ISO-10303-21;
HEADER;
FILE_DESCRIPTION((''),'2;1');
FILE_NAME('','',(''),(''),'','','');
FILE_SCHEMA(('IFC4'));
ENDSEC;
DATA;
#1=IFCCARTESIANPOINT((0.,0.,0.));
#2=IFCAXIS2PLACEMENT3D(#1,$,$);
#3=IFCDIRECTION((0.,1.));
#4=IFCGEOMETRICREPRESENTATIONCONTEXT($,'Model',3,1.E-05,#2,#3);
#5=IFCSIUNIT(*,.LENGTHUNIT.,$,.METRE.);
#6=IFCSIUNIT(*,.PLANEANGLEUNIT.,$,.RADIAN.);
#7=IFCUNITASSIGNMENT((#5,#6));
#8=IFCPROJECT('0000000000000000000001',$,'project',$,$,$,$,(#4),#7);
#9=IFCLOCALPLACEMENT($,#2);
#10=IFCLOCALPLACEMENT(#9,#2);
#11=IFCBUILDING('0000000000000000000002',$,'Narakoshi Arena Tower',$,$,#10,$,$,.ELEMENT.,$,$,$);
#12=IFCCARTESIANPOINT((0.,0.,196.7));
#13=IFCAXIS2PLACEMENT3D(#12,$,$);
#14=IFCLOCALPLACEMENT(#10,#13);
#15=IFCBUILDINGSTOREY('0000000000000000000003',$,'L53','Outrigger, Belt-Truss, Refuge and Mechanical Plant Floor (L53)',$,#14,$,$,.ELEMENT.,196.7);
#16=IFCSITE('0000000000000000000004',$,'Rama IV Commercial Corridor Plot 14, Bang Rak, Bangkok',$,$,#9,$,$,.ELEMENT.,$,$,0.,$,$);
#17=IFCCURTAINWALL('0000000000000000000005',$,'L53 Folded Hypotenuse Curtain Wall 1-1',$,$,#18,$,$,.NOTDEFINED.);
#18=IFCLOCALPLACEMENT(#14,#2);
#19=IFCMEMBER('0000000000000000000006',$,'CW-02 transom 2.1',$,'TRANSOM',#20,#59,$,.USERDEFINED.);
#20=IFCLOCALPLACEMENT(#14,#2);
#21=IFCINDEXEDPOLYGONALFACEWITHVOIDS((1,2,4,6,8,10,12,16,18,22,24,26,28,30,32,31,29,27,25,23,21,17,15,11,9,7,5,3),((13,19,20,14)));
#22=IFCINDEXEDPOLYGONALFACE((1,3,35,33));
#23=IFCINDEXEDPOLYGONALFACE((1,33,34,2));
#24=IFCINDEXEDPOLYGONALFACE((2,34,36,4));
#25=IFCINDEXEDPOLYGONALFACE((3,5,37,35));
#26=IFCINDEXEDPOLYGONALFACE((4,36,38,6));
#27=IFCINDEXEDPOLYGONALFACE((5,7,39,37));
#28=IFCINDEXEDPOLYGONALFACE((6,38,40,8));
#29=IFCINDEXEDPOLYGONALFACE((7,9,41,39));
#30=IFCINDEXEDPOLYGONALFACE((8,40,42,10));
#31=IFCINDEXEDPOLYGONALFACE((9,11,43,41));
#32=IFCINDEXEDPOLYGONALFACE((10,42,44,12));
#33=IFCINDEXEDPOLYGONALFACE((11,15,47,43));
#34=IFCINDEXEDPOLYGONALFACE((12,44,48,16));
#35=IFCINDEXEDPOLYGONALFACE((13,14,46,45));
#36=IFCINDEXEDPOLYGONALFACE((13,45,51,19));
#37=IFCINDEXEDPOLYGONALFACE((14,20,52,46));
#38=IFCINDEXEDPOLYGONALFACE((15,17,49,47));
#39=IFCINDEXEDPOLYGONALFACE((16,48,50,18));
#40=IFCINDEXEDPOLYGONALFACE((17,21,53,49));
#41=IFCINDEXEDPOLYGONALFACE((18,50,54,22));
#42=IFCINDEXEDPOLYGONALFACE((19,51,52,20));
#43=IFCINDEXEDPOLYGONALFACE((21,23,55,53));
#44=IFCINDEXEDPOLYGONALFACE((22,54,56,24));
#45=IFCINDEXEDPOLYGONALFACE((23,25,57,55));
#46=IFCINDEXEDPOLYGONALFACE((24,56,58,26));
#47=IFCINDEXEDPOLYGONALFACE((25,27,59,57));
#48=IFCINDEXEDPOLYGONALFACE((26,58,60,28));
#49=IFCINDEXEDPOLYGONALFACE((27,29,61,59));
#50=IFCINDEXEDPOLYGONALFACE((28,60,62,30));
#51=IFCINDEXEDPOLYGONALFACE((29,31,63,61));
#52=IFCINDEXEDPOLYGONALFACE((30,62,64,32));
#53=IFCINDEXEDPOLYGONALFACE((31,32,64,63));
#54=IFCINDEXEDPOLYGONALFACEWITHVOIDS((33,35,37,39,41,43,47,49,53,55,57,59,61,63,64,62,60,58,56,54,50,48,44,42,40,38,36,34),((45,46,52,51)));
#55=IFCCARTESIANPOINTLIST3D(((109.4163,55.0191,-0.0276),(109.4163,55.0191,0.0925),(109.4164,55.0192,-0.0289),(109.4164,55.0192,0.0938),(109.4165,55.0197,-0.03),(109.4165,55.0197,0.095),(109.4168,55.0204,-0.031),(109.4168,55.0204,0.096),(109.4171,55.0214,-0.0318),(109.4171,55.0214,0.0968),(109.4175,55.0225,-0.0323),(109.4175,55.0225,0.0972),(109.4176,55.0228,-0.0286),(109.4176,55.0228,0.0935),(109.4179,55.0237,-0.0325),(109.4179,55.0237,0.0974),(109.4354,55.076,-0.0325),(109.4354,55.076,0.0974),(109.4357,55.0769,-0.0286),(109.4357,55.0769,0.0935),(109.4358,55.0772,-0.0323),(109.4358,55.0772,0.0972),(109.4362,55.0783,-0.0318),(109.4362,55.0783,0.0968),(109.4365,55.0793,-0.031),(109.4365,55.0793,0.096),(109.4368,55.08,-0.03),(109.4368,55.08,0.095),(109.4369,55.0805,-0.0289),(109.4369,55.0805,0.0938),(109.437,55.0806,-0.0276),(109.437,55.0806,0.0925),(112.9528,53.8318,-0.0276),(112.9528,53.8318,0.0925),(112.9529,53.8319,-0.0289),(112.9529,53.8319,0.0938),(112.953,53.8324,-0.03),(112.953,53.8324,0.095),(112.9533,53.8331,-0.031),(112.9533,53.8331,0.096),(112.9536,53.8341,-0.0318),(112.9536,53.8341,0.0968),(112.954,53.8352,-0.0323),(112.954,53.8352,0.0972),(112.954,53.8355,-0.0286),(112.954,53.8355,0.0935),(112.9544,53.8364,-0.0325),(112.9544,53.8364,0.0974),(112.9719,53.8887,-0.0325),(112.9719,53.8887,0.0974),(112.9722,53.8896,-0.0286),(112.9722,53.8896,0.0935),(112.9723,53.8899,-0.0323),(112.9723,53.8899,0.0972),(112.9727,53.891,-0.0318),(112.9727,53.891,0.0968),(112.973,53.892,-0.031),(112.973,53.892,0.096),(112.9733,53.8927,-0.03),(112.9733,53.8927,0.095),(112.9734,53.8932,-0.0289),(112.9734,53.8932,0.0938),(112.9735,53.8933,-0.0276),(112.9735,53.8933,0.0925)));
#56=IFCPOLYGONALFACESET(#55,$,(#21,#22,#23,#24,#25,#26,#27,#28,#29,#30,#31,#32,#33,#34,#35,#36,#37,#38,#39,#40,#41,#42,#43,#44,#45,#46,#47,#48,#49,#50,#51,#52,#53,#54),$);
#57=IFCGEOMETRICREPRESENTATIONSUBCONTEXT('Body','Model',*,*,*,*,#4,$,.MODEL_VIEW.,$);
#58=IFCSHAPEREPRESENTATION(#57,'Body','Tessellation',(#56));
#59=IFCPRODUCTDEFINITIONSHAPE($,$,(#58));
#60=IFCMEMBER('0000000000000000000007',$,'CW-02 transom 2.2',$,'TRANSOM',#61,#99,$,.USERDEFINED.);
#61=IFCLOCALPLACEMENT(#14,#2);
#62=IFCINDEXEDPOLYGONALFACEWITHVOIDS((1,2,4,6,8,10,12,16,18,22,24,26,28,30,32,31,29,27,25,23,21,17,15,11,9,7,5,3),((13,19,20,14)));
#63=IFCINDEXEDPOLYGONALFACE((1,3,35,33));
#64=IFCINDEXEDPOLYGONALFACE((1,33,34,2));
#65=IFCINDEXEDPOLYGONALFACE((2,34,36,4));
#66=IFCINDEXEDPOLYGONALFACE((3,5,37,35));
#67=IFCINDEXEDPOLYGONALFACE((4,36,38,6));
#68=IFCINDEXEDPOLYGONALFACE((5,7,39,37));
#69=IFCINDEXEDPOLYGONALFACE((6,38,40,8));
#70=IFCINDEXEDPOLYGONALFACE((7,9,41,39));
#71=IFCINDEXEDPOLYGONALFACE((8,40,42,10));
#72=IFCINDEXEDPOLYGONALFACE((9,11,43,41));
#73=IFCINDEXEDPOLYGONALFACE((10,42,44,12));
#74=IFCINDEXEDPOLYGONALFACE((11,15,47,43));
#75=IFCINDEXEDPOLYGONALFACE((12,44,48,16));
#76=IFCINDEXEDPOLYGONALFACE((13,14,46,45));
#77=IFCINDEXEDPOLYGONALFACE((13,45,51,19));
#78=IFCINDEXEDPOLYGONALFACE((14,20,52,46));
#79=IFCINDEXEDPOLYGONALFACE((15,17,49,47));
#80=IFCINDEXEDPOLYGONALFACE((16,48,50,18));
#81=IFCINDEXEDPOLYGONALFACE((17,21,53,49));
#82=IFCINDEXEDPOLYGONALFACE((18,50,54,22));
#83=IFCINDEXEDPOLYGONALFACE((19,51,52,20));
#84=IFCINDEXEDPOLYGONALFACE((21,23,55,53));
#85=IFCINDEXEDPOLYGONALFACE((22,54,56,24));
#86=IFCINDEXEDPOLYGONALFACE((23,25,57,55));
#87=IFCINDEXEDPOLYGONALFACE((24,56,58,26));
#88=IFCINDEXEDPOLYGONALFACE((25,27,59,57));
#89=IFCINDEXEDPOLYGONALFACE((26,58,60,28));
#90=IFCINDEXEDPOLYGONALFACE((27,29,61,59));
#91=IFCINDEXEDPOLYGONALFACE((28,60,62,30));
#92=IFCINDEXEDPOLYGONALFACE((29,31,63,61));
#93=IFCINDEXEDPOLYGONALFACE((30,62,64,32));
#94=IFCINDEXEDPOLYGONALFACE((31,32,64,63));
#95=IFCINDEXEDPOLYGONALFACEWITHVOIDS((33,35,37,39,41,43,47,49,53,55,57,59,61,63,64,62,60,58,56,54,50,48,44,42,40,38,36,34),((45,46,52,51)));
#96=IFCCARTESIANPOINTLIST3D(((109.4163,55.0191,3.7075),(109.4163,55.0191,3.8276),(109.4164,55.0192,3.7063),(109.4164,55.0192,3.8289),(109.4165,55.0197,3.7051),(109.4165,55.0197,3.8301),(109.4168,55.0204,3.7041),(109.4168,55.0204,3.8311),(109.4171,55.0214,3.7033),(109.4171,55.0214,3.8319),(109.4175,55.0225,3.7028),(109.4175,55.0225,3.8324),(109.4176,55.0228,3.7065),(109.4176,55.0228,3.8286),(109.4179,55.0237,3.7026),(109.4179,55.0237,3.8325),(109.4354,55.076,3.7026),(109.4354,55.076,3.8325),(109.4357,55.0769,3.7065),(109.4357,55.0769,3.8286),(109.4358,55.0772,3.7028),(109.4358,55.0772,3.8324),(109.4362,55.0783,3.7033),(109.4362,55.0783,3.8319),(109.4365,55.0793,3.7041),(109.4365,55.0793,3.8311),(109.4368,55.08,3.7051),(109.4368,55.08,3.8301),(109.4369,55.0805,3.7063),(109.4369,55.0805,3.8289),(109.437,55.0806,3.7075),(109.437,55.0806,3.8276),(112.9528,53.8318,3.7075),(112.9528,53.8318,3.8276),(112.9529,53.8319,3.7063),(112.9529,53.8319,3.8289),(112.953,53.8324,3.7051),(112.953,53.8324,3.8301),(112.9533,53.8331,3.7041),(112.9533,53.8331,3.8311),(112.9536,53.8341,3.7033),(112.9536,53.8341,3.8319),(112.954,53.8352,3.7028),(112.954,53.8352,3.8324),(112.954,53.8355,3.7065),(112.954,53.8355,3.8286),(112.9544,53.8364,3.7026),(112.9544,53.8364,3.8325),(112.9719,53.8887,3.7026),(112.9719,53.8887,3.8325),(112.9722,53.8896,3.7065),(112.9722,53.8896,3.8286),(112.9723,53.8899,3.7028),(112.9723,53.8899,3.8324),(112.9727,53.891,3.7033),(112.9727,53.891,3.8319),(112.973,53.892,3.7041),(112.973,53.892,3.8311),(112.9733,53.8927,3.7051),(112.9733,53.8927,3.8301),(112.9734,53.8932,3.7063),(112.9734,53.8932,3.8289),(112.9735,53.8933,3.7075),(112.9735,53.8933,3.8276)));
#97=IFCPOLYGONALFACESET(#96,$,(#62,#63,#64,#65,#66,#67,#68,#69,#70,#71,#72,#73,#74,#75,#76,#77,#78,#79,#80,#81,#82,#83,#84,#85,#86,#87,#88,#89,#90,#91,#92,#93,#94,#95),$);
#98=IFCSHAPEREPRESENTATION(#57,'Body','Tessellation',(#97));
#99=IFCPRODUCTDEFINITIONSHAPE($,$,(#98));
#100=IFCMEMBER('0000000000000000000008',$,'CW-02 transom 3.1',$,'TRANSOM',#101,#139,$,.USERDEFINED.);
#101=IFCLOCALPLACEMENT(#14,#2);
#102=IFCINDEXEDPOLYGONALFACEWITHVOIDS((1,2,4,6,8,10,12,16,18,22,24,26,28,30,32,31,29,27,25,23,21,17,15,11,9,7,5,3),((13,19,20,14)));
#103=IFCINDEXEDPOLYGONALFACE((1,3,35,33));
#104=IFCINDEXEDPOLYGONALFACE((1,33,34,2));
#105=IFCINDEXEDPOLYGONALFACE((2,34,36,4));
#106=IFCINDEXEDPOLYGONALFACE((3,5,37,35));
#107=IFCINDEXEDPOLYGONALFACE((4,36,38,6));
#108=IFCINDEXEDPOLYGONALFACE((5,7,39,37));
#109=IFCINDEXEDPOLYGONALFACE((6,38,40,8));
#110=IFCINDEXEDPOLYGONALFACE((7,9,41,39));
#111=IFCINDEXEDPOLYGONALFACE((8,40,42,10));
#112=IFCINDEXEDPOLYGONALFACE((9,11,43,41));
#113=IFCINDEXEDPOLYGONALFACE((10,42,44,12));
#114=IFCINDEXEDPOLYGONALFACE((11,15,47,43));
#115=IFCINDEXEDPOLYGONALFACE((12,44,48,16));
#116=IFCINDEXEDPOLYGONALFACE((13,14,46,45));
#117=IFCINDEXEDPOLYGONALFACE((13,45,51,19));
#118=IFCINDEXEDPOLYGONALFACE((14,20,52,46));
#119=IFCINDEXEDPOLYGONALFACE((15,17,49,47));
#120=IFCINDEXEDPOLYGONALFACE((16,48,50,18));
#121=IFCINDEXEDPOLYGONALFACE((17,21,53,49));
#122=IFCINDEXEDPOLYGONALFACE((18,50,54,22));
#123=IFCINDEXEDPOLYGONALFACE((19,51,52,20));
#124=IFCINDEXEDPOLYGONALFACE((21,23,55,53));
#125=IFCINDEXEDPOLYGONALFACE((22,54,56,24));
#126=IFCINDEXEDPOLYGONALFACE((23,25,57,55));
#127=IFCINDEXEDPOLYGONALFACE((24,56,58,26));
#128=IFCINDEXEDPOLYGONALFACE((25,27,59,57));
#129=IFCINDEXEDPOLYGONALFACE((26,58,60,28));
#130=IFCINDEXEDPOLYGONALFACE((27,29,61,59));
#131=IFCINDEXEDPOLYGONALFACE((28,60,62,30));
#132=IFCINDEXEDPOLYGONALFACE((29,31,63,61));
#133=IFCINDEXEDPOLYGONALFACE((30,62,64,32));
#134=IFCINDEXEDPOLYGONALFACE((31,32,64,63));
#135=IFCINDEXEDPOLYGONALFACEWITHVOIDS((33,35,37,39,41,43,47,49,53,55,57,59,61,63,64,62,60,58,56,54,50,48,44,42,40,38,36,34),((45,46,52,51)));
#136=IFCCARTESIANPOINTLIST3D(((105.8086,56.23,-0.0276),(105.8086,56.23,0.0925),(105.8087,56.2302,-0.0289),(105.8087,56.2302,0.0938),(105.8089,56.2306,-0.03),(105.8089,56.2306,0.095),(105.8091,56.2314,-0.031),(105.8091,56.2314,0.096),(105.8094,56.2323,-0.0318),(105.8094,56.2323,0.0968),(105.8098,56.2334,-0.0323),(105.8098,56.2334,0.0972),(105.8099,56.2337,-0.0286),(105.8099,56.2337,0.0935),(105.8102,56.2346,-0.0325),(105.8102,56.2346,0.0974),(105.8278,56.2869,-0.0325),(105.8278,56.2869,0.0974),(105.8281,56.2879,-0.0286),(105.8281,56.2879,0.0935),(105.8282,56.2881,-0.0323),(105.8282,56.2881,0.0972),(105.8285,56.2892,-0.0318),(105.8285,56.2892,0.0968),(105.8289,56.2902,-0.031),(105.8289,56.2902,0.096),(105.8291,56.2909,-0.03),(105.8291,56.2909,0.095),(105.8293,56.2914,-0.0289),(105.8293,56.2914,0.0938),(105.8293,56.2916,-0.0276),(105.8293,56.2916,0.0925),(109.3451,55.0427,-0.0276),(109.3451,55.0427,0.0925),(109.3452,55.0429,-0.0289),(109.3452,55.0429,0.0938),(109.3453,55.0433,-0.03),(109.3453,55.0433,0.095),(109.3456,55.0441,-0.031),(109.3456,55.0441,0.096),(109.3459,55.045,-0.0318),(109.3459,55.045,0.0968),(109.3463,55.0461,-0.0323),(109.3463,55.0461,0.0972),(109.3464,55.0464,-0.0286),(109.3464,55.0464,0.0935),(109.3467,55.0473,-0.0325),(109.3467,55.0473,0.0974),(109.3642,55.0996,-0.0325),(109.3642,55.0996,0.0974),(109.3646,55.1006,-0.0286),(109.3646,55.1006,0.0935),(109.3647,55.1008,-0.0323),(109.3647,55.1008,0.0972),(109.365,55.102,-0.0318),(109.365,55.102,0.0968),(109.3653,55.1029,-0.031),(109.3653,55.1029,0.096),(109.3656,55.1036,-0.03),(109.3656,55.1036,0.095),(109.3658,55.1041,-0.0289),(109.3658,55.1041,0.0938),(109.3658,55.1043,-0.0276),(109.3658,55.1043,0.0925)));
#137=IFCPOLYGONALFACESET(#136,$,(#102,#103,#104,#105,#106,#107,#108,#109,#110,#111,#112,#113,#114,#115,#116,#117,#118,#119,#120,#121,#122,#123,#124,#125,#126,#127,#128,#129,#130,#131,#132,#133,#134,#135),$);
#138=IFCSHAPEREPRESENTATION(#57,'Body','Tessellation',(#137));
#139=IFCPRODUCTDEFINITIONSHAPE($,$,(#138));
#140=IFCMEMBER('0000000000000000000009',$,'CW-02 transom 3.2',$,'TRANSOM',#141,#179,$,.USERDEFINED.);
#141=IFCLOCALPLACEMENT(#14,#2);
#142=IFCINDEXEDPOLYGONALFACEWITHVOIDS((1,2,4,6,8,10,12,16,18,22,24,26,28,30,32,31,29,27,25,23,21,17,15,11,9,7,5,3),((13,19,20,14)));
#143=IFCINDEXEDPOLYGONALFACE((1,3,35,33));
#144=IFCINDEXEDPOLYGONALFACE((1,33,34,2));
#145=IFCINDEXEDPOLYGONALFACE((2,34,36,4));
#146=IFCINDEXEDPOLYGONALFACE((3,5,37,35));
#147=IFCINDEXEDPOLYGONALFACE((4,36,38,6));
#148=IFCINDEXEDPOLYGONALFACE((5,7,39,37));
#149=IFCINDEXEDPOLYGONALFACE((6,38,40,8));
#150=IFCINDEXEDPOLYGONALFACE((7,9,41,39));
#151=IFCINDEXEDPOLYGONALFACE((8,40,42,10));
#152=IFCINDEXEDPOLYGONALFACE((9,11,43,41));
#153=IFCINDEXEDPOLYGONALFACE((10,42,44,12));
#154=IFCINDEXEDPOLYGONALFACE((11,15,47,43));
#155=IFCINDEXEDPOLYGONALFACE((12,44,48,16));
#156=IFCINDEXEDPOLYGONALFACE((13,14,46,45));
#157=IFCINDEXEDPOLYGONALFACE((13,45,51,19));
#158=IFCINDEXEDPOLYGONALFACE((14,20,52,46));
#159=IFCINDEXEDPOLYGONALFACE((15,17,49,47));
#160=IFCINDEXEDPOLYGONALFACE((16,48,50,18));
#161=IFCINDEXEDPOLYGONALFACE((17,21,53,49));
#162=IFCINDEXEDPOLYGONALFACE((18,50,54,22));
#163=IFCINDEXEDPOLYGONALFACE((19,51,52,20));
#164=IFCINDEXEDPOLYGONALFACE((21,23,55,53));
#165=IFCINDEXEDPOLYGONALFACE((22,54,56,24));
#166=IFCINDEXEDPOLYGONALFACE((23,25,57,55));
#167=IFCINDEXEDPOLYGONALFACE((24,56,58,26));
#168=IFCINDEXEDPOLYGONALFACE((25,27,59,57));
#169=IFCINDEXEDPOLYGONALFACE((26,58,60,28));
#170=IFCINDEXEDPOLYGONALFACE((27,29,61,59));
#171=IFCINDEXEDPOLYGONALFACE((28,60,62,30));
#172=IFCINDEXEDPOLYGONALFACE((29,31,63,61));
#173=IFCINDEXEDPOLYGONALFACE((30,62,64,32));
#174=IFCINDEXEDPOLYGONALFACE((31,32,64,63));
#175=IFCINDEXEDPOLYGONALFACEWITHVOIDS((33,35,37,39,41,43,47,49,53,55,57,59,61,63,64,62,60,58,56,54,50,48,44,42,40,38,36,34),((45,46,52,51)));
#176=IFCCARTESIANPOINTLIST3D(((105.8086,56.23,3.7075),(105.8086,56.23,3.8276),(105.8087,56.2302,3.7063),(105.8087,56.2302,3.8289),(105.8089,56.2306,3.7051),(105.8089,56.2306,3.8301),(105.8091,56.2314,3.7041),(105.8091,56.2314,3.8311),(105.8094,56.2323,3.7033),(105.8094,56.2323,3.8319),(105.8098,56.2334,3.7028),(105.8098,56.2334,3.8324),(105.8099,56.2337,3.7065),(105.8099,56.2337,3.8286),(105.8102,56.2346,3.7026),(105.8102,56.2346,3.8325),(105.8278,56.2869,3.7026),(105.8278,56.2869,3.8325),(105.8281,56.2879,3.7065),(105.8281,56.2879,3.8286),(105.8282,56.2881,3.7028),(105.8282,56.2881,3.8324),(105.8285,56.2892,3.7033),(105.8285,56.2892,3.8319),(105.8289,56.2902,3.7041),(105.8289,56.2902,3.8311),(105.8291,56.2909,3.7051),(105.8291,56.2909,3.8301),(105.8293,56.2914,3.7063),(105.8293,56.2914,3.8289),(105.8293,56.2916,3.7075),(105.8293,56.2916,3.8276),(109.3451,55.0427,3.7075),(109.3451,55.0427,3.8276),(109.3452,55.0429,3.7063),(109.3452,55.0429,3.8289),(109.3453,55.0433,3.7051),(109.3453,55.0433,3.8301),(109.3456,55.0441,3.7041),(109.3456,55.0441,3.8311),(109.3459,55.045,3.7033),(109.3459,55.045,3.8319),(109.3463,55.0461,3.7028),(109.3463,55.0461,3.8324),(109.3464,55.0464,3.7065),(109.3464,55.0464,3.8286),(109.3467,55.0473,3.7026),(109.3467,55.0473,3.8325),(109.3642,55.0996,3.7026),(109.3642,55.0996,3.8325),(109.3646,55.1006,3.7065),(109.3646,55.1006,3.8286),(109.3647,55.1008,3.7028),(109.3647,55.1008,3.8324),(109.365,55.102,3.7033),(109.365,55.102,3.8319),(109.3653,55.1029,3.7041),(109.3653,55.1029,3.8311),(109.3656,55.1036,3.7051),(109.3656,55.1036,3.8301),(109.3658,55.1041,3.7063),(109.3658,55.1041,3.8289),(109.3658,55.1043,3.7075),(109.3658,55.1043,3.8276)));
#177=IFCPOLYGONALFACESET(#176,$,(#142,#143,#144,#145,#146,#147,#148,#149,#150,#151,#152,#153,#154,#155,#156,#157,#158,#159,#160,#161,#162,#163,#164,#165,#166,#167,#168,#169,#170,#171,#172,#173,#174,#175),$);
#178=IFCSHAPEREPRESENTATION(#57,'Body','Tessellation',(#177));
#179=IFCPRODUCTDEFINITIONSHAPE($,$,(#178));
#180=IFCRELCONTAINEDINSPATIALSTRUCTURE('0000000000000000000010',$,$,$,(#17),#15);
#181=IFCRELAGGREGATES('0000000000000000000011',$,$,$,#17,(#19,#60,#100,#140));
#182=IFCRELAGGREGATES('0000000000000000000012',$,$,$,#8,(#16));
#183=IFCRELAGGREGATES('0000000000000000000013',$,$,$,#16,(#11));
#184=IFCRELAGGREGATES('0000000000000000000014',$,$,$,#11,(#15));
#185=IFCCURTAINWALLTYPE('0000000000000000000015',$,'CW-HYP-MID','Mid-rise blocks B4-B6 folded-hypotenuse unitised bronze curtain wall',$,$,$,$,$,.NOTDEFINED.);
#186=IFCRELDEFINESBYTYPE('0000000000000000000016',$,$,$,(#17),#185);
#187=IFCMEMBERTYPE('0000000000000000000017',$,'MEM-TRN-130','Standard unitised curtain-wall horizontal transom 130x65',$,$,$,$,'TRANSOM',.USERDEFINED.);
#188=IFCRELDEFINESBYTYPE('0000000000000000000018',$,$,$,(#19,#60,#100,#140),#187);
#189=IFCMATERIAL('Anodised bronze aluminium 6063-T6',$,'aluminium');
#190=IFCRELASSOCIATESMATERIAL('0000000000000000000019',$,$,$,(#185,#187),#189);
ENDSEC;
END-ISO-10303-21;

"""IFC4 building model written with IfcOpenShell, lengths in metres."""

from ifc_helpers import new_model, si_unit, direction, frame, origin, origin_2d, place, context, subcontext, project, spatial, hollow_rectangle, extrude, material, material_profile, profile_set, type_object, element, aggregate, save


model = new_model("IFC4")

# Units and contexts
model_context = context("Model", 3, precision=1e-05, world=origin(), true_north=direction((0.0, 1.0)))
body_context = subcontext(model_context, "Body", "Model", "MODEL_VIEW")
ifc_project = project(units=[si_unit("LENGTHUNIT", "METRE"), si_unit("PLANEANGLEUNIT", "RADIAN")], contexts=[model_context])

# Site, building, storey
site_placement = place(None, origin())
site = spatial("IfcSite", under=ifc_project, at=site_placement, Name="Rama IV Commercial Corridor Plot 14, Bang Rak, Bangkok", CompositionType="ELEMENT", RefElevation=0.0)
building_placement = place(site_placement, origin())
building = spatial("IfcBuilding", under=site, at=building_placement, Name="Narakoshi Arena Tower", CompositionType="ELEMENT")
storey_placement = place(building_placement, frame((0.0, 0.0, 196.7)))
storey = spatial("IfcBuildingStorey", under=building, at=storey_placement, Name="L53", Description="Outrigger, Belt-Truss, Refuge and Mechanical Plant Floor (L53)", CompositionType="ELEMENT", Elevation=196.7)

# Curtain wall, members
ifc_material_1 = material(Name="Anodised bronze aluminium 6063-T6", Category="aluminium")
curtain_wall_type = type_object("IfcCurtainWallType", Name="CW-HYP-MID", Description="Mid-rise blocks B4-B6 folded-hypotenuse unitised bronze curtain wall", PredefinedType="NOTDEFINED", material=ifc_material_1)
curtain_wall_placement = place(storey_placement, origin())
curtain_wall = element("IfcCurtainWall", 1, at=curtain_wall_placement, inside=storey, type_object=curtain_wall_type, Name="L53 Folded Hypotenuse Curtain Wall 1-1", PredefinedType="NOTDEFINED")
ifc_material_profile_1 = material_profile(ifc_material_1, hollow_rectangle(XDim=0.0649, YDim=0.1299, WallThickness=0.0039, OuterFilletRadius=0.0049, at=origin_2d()), Name="TRN130x65x4")
ifc_profile_set_1 = profile_set([ifc_material_profile_1], Name="Anodised bronze aluminium 6063-T6")
member_type_1 = type_object("IfcMemberType", Name="MEM-TRN-130", Description="Standard unitised curtain-wall horizontal transom 130x65", ElementType="TRANSOM", PredefinedType="USERDEFINED", material=ifc_profile_set_1)
member_1_placement = place(storey_placement, frame((112.9631, 53.8625, 0.0325), z_axis=(-0.948, 0.318269, 0.0), x_axis=(-0.318269, -0.948, 0.0)))
member_1 = element("IfcMember", 2, at=member_1_placement, type_object=member_type_1, Name="CW-02 transom 2.1", ObjectType="TRANSOM", PredefinedType="USERDEFINED", context=body_context, shape_type="SweptSolid", body=[
    extrude(hollow_rectangle(XDim=0.0649, YDim=0.1299, WallThickness=0.0039, OuterFilletRadius=0.0049, at=origin_2d()), origin(), (0.0, 0.0, 1.0), 3.7305),
])
member_2_placement = place(storey_placement, frame((112.9631, 53.8625, 3.7676), z_axis=(-0.948, 0.318269, 0.0), x_axis=(-0.318269, -0.948, 0.0)))
member_2 = element("IfcMember", 3, at=member_2_placement, type_object=member_type_1, Name="CW-02 transom 2.2", ObjectType="TRANSOM", PredefinedType="USERDEFINED", context=body_context, shape_type="SweptSolid", body=[
    extrude(hollow_rectangle(XDim=0.0649, YDim=0.1299, WallThickness=0.0039, OuterFilletRadius=0.0049, at=origin_2d()), origin(), (0.0, 0.0, 1.0), 3.7305),
])
member_3_placement = place(storey_placement, frame((109.3555, 55.0735, 0.0325), z_axis=(-0.948, 0.318269, 0.0), x_axis=(-0.318269, -0.948, 0.0)))
member_3 = element("IfcMember", 4, at=member_3_placement, type_object=member_type_1, Name="CW-02 transom 3.1", ObjectType="TRANSOM", PredefinedType="USERDEFINED", context=body_context, shape_type="SweptSolid", body=[
    extrude(hollow_rectangle(XDim=0.0649, YDim=0.1299, WallThickness=0.0039, OuterFilletRadius=0.0049, at=origin_2d()), origin(), (0.0, 0.0, 1.0), 3.7305),
])
member_4_placement = place(storey_placement, frame((109.3555, 55.0735, 3.7676), z_axis=(-0.948, 0.318269, 0.0), x_axis=(-0.318269, -0.948, 0.0)))
member_4 = element("IfcMember", 5, at=member_4_placement, type_object=member_type_1, Name="CW-02 transom 3.2", ObjectType="TRANSOM", PredefinedType="USERDEFINED", context=body_context, shape_type="SweptSolid", body=[
    extrude(hollow_rectangle(XDim=0.0649, YDim=0.1299, WallThickness=0.0039, OuterFilletRadius=0.0049, at=origin_2d()), origin(), (0.0, 0.0, 1.0), 3.7305),
])
aggregate(curtain_wall, [member_1, member_2, member_3, member_4])

save(model, "model.ifc")
